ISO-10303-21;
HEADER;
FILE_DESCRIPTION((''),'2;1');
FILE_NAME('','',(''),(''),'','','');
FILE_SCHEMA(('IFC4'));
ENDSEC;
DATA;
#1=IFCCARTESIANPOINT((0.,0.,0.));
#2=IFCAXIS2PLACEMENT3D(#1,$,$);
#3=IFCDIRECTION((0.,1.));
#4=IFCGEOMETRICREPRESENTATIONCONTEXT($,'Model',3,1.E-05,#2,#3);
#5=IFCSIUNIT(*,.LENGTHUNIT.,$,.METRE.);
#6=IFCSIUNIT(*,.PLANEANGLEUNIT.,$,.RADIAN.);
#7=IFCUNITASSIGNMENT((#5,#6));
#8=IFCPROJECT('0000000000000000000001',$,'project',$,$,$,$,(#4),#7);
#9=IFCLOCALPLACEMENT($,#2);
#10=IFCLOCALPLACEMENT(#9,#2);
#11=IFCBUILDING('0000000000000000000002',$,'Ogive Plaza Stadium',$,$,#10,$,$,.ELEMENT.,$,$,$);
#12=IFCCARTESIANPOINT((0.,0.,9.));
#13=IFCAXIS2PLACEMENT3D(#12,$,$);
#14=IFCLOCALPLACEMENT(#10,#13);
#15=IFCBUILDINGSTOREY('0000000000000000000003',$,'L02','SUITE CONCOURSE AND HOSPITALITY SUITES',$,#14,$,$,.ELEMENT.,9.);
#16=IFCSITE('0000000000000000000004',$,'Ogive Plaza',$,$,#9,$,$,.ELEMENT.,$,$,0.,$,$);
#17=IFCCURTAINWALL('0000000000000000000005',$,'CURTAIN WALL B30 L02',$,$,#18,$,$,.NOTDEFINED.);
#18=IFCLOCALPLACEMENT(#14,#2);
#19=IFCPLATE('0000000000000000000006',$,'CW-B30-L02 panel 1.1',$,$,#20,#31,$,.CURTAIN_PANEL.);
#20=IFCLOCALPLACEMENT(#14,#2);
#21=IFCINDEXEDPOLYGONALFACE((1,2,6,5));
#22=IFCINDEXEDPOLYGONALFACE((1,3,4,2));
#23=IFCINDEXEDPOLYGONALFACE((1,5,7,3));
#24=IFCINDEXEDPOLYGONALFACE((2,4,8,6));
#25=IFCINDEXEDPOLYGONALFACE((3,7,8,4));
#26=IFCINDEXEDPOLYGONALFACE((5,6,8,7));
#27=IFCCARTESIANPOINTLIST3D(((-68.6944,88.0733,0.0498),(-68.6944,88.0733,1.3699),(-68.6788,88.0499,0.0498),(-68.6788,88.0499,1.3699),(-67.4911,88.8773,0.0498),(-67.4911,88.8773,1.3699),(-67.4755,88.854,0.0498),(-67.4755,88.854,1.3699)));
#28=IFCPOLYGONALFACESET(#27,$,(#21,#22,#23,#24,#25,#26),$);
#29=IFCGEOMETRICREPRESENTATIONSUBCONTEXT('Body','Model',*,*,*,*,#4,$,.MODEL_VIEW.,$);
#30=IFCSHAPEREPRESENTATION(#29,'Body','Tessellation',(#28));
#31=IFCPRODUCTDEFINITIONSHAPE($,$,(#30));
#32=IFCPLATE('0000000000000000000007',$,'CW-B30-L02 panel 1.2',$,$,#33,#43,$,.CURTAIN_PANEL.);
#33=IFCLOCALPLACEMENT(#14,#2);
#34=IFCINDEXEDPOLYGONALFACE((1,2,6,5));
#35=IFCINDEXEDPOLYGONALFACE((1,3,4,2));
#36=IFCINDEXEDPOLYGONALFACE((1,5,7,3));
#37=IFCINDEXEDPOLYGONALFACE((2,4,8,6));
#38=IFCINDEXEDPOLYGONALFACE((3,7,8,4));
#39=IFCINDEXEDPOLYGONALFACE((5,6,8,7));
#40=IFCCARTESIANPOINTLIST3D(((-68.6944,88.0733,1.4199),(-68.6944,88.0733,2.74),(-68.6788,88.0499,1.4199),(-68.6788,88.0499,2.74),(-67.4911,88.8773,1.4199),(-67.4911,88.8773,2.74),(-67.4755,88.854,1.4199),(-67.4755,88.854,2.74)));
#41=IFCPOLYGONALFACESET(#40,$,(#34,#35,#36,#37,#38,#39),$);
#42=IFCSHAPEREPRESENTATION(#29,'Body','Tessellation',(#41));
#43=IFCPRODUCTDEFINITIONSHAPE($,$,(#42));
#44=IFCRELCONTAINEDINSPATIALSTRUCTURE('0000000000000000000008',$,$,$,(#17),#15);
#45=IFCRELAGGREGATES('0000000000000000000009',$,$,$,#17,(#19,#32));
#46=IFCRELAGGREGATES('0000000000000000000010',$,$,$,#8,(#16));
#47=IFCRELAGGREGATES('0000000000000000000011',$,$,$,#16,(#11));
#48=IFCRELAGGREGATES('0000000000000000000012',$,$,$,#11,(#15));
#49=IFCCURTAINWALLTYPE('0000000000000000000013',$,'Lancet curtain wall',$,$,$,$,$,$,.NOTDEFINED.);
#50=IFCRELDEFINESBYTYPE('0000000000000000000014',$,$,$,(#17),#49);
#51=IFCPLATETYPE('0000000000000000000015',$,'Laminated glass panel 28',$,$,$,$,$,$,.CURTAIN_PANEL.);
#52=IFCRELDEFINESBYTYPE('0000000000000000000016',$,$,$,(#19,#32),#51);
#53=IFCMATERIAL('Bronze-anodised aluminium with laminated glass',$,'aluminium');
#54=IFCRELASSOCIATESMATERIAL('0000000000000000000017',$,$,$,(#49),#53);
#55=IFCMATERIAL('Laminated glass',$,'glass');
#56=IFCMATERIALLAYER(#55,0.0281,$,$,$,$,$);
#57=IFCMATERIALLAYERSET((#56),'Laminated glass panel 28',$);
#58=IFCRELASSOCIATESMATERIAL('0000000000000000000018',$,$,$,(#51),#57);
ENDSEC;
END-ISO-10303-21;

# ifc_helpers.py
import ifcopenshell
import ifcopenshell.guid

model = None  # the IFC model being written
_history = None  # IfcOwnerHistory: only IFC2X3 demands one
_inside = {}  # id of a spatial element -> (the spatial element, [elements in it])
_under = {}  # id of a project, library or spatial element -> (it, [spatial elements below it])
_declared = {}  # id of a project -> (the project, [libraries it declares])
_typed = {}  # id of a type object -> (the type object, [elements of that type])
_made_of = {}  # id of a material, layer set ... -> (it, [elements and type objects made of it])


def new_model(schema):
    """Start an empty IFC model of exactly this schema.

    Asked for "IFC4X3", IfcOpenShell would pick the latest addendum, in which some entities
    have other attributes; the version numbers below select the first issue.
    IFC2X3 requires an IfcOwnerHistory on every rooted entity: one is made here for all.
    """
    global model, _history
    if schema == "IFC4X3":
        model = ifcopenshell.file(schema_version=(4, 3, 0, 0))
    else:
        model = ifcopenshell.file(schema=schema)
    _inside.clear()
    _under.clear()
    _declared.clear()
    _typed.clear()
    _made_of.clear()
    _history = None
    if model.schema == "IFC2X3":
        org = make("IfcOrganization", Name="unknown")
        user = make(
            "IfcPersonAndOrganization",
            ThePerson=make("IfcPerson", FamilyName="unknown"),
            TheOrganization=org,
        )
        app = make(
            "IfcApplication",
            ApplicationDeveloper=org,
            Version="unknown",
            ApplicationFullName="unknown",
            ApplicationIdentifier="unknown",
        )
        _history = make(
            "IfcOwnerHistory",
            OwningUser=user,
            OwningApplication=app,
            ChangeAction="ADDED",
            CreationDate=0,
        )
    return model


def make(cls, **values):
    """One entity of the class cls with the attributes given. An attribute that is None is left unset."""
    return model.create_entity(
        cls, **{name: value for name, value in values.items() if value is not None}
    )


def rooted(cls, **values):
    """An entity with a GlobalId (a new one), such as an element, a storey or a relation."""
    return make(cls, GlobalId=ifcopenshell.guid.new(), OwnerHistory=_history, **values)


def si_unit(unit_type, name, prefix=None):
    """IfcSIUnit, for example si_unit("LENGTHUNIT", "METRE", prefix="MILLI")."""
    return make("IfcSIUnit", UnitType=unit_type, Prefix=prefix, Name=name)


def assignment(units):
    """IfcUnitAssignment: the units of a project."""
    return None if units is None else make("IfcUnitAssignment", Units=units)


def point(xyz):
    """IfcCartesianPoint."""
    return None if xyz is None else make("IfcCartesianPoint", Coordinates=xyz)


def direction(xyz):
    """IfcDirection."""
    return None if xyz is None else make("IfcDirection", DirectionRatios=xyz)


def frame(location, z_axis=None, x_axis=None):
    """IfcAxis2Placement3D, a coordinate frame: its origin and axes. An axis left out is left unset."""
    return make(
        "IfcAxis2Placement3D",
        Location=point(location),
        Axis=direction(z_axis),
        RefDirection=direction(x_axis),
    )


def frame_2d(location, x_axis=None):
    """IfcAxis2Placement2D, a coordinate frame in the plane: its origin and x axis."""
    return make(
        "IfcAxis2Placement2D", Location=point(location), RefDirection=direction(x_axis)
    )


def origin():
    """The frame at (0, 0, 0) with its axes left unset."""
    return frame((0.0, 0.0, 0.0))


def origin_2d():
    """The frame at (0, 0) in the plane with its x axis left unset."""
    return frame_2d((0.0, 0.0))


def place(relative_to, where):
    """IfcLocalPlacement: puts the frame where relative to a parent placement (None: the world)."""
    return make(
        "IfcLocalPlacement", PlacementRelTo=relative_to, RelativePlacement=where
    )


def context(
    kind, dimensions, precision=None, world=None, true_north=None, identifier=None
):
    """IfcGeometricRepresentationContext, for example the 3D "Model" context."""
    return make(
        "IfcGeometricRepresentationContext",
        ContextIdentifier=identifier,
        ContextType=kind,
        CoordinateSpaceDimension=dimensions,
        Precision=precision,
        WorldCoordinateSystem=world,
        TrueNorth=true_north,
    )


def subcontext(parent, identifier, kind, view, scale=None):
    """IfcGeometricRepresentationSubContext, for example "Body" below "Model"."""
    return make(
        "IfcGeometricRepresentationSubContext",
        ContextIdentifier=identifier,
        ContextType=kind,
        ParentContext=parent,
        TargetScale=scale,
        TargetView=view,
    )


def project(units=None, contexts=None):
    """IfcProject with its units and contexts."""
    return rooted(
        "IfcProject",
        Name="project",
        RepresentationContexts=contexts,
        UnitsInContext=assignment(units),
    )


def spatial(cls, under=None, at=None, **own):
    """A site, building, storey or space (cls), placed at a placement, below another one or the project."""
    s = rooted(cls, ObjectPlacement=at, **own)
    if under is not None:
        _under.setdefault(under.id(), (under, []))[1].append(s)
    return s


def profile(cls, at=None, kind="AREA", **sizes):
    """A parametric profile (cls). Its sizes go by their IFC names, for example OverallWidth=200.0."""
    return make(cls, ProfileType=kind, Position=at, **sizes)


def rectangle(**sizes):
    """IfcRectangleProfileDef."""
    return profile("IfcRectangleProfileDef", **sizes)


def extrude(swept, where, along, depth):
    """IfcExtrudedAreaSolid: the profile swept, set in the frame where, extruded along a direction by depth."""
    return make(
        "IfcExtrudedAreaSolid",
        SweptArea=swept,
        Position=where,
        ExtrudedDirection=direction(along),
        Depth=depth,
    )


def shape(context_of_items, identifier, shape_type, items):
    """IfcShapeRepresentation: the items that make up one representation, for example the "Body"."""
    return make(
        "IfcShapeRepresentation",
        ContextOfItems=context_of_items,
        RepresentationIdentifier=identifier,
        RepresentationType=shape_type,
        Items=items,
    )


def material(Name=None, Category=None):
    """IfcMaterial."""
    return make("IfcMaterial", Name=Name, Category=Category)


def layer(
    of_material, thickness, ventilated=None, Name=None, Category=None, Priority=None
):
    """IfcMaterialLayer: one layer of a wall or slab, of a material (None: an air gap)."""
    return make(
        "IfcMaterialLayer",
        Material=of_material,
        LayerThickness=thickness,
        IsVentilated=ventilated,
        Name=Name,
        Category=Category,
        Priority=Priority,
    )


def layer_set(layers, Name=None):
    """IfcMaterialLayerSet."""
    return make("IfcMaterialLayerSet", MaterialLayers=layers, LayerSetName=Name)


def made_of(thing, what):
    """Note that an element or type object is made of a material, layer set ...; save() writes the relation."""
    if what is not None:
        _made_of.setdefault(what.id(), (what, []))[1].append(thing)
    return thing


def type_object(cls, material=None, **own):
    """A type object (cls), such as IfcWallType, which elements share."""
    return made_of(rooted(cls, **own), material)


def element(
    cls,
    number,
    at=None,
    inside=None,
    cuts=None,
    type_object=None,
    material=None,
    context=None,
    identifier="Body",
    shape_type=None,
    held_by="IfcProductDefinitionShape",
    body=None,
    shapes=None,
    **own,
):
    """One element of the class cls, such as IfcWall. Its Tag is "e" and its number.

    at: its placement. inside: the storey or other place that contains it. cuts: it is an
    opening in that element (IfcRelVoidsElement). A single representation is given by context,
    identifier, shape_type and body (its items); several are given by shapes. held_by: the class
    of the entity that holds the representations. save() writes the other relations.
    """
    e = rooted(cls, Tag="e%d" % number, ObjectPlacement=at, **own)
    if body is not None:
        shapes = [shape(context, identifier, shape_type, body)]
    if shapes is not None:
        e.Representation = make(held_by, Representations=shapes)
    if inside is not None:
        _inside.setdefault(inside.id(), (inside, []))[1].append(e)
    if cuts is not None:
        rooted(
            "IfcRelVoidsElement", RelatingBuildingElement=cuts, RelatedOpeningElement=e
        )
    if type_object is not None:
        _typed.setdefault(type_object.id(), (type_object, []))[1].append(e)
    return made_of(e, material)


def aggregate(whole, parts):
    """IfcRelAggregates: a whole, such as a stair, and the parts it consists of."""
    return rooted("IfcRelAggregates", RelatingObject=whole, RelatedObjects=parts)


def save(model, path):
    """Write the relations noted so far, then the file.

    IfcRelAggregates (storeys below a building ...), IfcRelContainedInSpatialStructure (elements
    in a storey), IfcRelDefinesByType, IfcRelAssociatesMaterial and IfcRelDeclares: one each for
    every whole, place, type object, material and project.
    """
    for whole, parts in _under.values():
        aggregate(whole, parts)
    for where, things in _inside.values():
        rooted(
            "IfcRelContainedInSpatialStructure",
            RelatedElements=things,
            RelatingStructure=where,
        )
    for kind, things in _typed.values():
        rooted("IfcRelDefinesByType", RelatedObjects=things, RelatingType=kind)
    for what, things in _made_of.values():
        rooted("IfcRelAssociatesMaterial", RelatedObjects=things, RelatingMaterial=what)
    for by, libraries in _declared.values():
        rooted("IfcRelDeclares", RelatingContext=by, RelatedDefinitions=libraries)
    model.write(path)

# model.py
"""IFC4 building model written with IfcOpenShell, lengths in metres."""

from ifc_helpers import new_model, si_unit, direction, frame, origin, origin_2d, place, context, subcontext, project, spatial, rectangle, extrude, material, layer, layer_set, type_object, element, aggregate, save


model = new_model("IFC4")

# Units and contexts
model_context = context("Model", 3, precision=1e-05, world=origin(), true_north=direction((0.0, 1.0)))
body_context = subcontext(model_context, "Body", "Model", "MODEL_VIEW")
ifc_project = project(units=[si_unit("LENGTHUNIT", "METRE"), si_unit("PLANEANGLEUNIT", "RADIAN")], contexts=[model_context])

# Site, building, storey
site_placement = place(None, origin())
site = spatial("IfcSite", under=ifc_project, at=site_placement, Name="Ogive Plaza", CompositionType="ELEMENT", RefElevation=0.0)
building_placement = place(site_placement, origin())
building = spatial("IfcBuilding", under=site, at=building_placement, Name="Ogive Plaza Stadium", CompositionType="ELEMENT")
storey_placement = place(building_placement, frame((0.0, 0.0, 9.0)))
storey = spatial("IfcBuildingStorey", under=building, at=storey_placement, Name="L02", Description="SUITE CONCOURSE AND HOSPITALITY SUITES", CompositionType="ELEMENT", Elevation=9.0)

# Curtain wall
ifc_material_1 = material(Name="Bronze-anodised aluminium with laminated glass", Category="aluminium")
curtain_wall_type = type_object("IfcCurtainWallType", Name="Lancet curtain wall", PredefinedType="NOTDEFINED", material=ifc_material_1)
curtain_wall_1_placement = place(storey_placement, origin())
curtain_wall_1 = element("IfcCurtainWall", 1, at=curtain_wall_1_placement, inside=storey, type_object=curtain_wall_type, Name="CURTAIN WALL B30 L02", PredefinedType="NOTDEFINED")

# Plates
ifc_material_2 = material(Name="Laminated glass", Category="glass")
ifc_layer = layer(ifc_material_2, 0.0281)
ifc_layer_set = layer_set([ifc_layer], Name="Laminated glass panel 28")
plate_type = type_object("IfcPlateType", Name="Laminated glass panel 28", PredefinedType="CURTAIN_PANEL", material=ifc_layer_set)
plate_1_placement = place(storey_placement, frame((-68.085, 88.4636, 0.0498), z_axis=(0.0, 0.0, 1.0), x_axis=(0.83147, 0.55557, 0.0)))
plate_1 = element("IfcPlate", 2, at=plate_1_placement, type_object=plate_type, Name="CW-B30-L02 panel 1.1", PredefinedType="CURTAIN_PANEL", context=body_context, shape_type="SweptSolid", body=[
    extrude(rectangle(XDim=1.4473, YDim=0.0281, at=origin_2d()), origin(), (0.0, 0.0, 1.0), 1.3201),
])
plate_2_placement = place(storey_placement, frame((-68.085, 88.4636, 1.4199), z_axis=(0.0, 0.0, 1.0), x_axis=(0.83147, 0.55557, 0.0)))
plate_2 = element("IfcPlate", 3, at=plate_2_placement, type_object=plate_type, Name="CW-B30-L02 panel 1.2", PredefinedType="CURTAIN_PANEL", context=body_context, shape_type="SweptSolid", body=[
    extrude(rectangle(XDim=1.4473, YDim=0.0281, at=origin_2d()), origin(), (0.0, 0.0, 1.0), 1.3201),
])
aggregate(curtain_wall_1, [plate_1, plate_2])

save(model, "model.ifc")
